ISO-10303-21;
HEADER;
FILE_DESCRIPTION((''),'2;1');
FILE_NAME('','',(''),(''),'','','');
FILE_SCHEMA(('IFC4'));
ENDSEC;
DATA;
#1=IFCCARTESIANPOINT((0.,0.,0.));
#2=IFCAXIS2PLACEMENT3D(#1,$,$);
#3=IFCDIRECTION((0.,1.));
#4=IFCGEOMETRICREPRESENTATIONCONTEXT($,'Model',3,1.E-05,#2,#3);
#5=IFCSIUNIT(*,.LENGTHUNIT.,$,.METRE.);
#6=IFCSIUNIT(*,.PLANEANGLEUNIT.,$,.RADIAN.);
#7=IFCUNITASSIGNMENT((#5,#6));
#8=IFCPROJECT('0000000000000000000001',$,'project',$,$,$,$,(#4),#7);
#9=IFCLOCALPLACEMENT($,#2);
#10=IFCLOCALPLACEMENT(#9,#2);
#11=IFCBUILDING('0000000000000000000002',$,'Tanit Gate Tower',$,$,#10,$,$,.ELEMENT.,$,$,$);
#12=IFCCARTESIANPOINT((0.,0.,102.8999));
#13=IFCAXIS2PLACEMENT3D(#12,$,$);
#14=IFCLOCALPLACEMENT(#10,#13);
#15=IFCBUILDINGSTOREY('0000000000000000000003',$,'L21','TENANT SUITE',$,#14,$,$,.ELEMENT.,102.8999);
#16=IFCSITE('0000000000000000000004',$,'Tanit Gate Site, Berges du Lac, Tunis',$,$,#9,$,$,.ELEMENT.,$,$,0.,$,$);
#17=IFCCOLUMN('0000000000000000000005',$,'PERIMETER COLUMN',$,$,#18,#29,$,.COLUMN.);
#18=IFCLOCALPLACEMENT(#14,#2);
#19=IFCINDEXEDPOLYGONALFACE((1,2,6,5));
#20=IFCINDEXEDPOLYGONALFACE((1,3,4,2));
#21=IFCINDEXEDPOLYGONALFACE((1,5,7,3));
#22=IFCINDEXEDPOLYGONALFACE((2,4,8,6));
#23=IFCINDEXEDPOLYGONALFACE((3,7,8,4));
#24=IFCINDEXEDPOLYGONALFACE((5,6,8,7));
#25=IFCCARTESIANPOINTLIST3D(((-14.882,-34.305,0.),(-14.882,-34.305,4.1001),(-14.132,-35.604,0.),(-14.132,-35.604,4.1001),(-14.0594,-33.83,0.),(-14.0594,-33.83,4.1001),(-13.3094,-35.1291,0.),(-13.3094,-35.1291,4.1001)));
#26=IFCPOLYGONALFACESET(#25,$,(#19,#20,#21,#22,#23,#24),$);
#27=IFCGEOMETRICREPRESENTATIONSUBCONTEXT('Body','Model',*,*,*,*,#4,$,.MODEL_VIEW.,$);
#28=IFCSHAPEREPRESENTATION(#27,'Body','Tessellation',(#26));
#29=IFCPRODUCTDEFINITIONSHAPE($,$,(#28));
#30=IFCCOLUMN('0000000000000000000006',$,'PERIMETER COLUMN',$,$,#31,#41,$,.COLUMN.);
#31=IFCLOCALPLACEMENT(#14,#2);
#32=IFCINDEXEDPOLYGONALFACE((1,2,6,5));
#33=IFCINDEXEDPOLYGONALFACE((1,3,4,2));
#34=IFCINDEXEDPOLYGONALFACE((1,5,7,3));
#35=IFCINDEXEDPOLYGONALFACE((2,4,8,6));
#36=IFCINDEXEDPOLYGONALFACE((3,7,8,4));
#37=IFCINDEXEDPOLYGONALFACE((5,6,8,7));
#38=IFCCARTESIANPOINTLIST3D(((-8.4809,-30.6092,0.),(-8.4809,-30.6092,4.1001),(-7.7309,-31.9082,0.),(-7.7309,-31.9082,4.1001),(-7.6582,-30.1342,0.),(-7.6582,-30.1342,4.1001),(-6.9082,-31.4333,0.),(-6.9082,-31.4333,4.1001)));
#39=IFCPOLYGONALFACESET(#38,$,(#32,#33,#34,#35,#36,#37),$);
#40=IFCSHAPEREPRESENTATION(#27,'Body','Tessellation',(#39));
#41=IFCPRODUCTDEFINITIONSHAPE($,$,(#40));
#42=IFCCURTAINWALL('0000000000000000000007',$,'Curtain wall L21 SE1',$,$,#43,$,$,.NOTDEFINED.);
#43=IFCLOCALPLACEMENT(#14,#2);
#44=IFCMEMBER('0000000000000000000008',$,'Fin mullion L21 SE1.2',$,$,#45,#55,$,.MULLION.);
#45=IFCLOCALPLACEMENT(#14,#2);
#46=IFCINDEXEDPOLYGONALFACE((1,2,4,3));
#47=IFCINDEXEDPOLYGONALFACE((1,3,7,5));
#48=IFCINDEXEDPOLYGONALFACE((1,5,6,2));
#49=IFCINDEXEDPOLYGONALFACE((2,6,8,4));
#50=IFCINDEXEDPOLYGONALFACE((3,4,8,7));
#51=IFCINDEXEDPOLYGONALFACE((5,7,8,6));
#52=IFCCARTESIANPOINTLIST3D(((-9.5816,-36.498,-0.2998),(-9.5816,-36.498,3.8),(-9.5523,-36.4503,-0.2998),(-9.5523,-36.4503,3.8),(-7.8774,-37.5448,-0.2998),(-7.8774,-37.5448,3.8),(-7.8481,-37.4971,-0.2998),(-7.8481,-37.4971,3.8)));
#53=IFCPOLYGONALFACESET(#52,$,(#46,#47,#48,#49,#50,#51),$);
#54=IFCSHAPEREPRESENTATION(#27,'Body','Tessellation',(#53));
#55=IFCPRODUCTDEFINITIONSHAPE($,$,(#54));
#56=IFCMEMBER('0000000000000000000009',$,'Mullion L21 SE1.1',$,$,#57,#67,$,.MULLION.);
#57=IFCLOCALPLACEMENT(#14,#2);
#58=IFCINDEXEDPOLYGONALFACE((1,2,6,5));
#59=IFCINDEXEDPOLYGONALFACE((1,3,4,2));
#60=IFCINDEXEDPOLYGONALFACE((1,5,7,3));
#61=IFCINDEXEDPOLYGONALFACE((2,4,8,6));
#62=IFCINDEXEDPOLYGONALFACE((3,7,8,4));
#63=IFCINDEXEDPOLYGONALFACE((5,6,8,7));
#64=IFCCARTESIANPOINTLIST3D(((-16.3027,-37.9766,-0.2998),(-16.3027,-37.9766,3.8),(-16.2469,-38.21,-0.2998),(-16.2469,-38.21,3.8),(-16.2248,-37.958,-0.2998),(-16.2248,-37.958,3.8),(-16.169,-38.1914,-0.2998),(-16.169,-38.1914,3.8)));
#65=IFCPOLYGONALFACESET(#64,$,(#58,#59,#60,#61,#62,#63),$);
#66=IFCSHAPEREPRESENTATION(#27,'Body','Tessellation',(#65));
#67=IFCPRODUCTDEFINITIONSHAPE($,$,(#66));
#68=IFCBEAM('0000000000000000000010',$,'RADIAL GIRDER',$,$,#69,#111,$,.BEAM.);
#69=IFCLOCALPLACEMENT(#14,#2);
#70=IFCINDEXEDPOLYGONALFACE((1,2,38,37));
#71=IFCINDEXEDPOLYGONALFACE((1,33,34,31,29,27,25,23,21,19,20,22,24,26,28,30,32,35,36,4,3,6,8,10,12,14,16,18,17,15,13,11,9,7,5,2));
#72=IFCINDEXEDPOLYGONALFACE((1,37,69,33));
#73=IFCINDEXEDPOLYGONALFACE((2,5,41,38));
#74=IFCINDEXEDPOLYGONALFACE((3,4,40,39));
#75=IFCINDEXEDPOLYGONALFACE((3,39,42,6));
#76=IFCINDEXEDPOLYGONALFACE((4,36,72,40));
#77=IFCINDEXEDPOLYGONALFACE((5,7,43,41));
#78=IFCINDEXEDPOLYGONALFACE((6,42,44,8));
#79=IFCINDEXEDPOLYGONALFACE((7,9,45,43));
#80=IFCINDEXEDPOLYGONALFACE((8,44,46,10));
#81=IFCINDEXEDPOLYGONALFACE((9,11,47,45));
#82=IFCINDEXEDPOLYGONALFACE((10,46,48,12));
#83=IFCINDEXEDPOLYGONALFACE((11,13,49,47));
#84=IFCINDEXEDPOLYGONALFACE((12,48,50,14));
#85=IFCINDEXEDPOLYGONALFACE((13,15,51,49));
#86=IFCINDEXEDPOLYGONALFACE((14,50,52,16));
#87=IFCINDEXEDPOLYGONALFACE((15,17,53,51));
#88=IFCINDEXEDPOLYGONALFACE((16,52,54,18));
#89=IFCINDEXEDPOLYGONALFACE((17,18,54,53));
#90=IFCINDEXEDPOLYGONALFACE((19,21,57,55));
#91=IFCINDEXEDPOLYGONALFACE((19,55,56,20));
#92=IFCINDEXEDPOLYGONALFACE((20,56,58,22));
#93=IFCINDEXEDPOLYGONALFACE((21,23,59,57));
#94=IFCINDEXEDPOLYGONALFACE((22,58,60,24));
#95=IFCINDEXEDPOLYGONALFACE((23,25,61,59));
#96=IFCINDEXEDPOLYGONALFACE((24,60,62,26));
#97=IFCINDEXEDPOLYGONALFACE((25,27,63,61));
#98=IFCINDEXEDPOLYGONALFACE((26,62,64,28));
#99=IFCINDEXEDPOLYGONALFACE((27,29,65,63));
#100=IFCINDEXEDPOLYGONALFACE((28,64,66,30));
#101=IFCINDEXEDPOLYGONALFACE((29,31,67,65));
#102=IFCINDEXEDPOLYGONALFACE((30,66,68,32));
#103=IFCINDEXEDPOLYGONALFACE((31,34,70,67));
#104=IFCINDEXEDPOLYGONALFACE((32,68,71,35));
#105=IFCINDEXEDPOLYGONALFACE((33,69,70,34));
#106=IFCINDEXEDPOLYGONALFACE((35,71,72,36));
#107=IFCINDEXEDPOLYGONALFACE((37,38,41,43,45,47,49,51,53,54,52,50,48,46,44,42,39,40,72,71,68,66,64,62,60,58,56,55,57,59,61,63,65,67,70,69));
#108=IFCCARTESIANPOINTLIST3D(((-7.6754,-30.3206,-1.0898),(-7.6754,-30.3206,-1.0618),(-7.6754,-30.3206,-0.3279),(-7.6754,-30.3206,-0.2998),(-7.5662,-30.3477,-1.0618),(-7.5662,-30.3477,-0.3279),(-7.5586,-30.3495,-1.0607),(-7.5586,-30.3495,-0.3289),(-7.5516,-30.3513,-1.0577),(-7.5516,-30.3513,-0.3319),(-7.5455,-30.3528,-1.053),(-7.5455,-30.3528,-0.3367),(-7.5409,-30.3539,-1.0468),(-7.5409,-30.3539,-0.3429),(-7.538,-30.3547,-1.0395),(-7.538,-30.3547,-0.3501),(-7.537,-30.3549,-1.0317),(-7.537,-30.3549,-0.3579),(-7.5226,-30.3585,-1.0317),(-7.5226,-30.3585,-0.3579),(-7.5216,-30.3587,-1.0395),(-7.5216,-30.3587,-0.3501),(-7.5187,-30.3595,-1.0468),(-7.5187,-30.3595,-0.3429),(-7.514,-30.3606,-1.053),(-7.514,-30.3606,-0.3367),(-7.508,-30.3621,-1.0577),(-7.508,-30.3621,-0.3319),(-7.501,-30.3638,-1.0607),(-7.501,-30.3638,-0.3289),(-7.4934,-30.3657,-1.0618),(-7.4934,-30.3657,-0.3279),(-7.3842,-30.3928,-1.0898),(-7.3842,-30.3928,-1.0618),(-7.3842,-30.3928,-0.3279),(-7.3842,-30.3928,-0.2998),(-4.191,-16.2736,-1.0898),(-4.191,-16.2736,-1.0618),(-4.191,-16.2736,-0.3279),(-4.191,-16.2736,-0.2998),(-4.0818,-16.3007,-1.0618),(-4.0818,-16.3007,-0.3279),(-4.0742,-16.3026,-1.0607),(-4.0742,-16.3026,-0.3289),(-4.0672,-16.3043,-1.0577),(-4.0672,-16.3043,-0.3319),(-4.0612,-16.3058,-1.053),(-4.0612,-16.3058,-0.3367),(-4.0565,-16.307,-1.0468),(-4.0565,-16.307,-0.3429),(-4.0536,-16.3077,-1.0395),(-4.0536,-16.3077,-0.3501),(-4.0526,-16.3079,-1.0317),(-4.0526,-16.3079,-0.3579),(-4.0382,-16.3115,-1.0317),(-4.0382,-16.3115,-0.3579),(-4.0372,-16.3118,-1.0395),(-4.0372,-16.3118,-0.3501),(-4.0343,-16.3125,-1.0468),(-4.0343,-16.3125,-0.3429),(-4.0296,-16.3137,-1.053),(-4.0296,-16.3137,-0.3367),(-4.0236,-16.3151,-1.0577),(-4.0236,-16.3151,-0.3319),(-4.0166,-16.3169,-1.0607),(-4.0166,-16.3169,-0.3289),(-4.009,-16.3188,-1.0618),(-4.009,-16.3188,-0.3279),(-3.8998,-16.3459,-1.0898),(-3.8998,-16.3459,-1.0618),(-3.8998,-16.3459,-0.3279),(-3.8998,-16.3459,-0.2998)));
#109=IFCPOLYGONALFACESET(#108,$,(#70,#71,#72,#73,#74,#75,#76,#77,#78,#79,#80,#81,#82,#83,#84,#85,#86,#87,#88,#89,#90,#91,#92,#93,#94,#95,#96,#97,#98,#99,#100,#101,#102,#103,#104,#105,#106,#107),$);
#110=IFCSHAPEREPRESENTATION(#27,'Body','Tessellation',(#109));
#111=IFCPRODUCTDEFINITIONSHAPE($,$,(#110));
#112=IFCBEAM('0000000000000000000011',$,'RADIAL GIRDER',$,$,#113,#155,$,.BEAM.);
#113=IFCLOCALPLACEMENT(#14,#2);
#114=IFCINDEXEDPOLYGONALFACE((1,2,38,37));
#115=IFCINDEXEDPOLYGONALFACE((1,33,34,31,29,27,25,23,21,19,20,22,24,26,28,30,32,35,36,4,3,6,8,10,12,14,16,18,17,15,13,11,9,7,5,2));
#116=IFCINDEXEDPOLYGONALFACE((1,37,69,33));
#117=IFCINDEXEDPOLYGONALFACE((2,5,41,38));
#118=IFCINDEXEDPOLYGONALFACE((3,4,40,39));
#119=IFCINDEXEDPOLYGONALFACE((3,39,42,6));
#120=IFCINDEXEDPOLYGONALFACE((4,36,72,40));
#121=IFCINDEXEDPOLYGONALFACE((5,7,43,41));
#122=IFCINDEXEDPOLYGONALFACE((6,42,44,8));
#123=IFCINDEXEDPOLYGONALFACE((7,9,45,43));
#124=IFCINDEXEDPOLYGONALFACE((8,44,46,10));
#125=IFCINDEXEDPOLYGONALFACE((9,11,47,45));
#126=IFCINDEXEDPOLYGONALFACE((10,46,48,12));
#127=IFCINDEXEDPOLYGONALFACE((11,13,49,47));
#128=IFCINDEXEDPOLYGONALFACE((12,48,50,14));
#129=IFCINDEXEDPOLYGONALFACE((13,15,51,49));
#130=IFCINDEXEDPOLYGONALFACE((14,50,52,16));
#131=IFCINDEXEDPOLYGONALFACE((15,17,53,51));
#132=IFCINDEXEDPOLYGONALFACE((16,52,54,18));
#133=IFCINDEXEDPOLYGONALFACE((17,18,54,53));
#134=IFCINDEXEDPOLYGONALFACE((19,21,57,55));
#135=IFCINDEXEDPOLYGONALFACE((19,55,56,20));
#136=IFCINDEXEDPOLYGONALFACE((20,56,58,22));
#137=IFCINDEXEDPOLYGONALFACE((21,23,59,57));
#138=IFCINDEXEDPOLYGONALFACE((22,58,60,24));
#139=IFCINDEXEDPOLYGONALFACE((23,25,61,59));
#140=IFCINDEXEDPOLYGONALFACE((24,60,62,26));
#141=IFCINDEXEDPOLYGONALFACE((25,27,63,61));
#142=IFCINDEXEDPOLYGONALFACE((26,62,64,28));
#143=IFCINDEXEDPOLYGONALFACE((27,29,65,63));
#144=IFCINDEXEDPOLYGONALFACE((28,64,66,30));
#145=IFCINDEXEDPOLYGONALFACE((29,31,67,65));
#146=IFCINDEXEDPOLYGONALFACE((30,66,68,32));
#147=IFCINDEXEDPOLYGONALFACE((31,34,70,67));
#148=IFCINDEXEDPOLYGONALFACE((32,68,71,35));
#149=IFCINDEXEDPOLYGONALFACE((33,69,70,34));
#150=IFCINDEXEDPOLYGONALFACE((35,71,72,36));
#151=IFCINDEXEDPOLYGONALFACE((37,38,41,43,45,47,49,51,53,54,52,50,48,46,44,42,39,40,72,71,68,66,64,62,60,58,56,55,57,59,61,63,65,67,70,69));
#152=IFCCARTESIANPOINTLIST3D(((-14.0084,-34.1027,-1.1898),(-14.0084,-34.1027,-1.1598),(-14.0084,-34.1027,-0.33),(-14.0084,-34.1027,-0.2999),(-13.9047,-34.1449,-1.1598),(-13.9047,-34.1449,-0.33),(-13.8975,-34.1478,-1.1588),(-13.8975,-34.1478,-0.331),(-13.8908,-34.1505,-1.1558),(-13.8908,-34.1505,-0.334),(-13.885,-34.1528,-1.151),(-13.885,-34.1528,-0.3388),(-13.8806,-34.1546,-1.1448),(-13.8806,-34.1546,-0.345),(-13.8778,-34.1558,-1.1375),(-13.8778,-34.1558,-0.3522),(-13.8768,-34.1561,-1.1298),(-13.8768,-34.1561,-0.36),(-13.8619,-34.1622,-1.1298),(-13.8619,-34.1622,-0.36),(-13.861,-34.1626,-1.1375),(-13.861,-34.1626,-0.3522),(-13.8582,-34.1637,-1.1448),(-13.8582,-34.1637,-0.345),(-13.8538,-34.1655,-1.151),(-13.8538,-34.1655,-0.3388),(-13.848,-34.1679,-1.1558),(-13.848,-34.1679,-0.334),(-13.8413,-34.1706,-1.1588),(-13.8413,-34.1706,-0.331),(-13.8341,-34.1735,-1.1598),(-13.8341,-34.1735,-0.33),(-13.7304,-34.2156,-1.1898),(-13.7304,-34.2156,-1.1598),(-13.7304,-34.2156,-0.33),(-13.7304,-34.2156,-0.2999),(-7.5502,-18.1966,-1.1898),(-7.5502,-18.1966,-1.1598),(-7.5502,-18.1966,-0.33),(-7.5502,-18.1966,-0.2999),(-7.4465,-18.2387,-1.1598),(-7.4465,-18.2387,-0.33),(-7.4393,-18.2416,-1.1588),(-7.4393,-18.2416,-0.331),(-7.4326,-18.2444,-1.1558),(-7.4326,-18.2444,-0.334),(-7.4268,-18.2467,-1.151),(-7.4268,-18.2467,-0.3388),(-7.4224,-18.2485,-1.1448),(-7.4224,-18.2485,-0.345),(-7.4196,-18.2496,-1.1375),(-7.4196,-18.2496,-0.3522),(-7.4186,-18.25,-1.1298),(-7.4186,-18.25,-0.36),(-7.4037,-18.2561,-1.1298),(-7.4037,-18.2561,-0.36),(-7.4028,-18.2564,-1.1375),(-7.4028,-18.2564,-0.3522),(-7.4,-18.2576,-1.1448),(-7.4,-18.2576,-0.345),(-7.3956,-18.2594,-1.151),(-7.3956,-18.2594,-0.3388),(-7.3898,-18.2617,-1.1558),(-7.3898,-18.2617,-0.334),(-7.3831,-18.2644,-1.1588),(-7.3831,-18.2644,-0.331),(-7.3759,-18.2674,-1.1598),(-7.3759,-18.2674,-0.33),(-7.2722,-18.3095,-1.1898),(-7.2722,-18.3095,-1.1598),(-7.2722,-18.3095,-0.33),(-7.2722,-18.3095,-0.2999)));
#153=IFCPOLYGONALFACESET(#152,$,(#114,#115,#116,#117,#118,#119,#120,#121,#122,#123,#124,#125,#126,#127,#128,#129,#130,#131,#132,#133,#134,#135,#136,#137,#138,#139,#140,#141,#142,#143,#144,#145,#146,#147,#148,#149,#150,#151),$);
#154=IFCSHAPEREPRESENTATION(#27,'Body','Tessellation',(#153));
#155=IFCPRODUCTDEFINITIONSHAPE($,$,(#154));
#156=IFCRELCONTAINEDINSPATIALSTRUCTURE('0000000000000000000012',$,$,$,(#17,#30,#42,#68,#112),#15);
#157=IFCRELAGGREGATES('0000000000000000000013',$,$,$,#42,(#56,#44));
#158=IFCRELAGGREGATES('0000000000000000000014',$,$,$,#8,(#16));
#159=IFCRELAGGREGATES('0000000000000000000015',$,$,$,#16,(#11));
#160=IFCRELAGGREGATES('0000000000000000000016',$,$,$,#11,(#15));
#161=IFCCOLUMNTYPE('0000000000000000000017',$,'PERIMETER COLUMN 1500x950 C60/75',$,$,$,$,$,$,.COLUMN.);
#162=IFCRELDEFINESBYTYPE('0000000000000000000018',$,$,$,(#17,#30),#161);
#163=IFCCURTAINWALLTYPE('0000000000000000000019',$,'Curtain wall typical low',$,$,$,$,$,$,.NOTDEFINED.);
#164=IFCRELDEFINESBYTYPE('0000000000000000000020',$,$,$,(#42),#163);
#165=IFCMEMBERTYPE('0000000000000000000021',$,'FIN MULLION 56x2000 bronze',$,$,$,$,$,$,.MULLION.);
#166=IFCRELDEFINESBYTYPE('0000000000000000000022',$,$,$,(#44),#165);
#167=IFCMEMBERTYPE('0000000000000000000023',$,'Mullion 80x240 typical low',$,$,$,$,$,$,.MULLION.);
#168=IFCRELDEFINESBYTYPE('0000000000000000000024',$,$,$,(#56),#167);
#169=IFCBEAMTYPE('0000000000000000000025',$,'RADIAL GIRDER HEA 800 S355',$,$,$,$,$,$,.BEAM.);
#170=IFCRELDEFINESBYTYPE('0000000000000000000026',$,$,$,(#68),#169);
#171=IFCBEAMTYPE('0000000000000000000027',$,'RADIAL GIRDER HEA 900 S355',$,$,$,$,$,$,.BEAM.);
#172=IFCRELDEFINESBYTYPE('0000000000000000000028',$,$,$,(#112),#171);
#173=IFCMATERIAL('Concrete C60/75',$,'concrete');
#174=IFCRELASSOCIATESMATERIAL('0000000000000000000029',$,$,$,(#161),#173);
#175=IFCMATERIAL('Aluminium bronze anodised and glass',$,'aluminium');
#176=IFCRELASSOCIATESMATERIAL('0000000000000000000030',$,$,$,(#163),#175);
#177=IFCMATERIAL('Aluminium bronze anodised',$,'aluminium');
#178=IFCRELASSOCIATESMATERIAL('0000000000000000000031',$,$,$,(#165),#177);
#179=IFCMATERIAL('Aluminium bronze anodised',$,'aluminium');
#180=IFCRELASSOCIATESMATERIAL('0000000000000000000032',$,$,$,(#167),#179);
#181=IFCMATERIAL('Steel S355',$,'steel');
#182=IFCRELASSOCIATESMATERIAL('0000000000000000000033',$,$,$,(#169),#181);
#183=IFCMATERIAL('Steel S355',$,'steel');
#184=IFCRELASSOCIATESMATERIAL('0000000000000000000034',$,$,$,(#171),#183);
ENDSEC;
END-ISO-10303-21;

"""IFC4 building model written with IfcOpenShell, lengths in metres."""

from ifc_helpers import new_model, si_unit, direction, frame, origin, origin_2d, place, context, subcontext, project, spatial, rectangle, i_section, extrude, material, material_profile, profile_set, type_object, element, aggregate, save


model = new_model("IFC4")

# Units and contexts
model_context = context("Model", 3, precision=1e-05, world=origin(), true_north=direction((0.0, 1.0)))
body_context = subcontext(model_context, "Body", "Model", "MODEL_VIEW")
ifc_project = project(units=[si_unit("LENGTHUNIT", "METRE"), si_unit("PLANEANGLEUNIT", "RADIAN")], contexts=[model_context])

# Site, building, storey
site_placement = place(None, origin())
site = spatial("IfcSite", under=ifc_project, at=site_placement, Name="Tanit Gate Site, Berges du Lac, Tunis", CompositionType="ELEMENT", RefElevation=0.0)
building_placement = place(site_placement, origin())
building = spatial("IfcBuilding", under=site, at=building_placement, Name="Tanit Gate Tower", CompositionType="ELEMENT")
storey_placement = place(building_placement, frame((0.0, 0.0, 102.8999)))
storey = spatial("IfcBuildingStorey", under=building, at=storey_placement, Name="L21", Description="TENANT SUITE", CompositionType="ELEMENT", Elevation=102.8999)

# Columns
ifc_material_1 = material(Name="Concrete C60/75", Category="concrete")
ifc_material_profile_1 = material_profile(ifc_material_1, rectangle(XDim=1.5, YDim=0.95, at=origin_2d()), Name="RC 1500x950")
ifc_profile_set_1 = profile_set([ifc_material_profile_1], Name="Concrete C60/75")
column_type = type_object("IfcColumnType", Name="PERIMETER COLUMN 1500x950 C60/75", PredefinedType="COLUMN", material=ifc_profile_set_1)
for number, where, z_axis, x_axis, name in (
    (1, (-14.0957, -34.717, 0.0), (0.0, 0.0, 1.0), (0.5, -0.866025, 0.0), "PERIMETER COLUMN"),
    (2, (-7.6946, -31.0212, 0.0), (0.0, 0.0, 1.0), (0.5, -0.866025, 0.0), "PERIMETER COLUMN"),
):
    element("IfcColumn", number, at=place(storey_placement, frame(where, z_axis=z_axis, x_axis=x_axis)), inside=storey, type_object=column_type, Name=name, PredefinedType="COLUMN", context=body_context, shape_type="SweptSolid", body=[
        extrude(rectangle(XDim=1.5, YDim=0.95, at=origin_2d()), origin(), (0.0, 0.0, 1.0), 4.1001),
    ])

# Curtain wall, members
ifc_material_2 = material(Name="Aluminium bronze anodised and glass", Category="aluminium")
curtain_wall_type = type_object("IfcCurtainWallType", Name="Curtain wall typical low", PredefinedType="NOTDEFINED", material=ifc_material_2)
curtain_wall_placement = place(storey_placement, origin())
curtain_wall = element("IfcCurtainWall", 3, at=curtain_wall_placement, inside=storey, type_object=curtain_wall_type, Name="Curtain wall L21 SE1", PredefinedType="NOTDEFINED")
ifc_material_3 = material(Name="Aluminium bronze anodised", Category="aluminium")
ifc_material_profile_2 = material_profile(ifc_material_3, rectangle(XDim=2.0, YDim=0.0559, at=origin_2d()), Name="56x2000 bronze fin mullion")
ifc_profile_set_2 = profile_set([ifc_material_profile_2], Name="Aluminium bronze anodised")
member_type_1 = type_object("IfcMemberType", Name="FIN MULLION 56x2000 bronze", PredefinedType="MULLION", material=ifc_profile_set_2)
member_1_placement = place(storey_placement, frame((-8.7148, -36.9976, -0.2998), z_axis=(0.0, 0.0, 1.0), x_axis=(-0.852083, 0.523407, 0.0)))
member_1 = element("IfcMember", 4, at=member_1_placement, type_object=member_type_1, Name="Fin mullion L21 SE1.2", PredefinedType="MULLION", context=body_context, shape_type="SweptSolid", body=[
    extrude(rectangle(XDim=2.0, YDim=0.0559, at=origin_2d()), origin(), (0.0, 0.0, 1.0), 4.0999),
])
ifc_material_4 = material(Name="Aluminium bronze anodised", Category="aluminium")
ifc_material_profile_3 = material_profile(ifc_material_4, rectangle(XDim=0.24, YDim=0.0801, at=origin_2d()), Name="80x240 bronze mullion")
ifc_profile_set_3 = profile_set([ifc_material_profile_3], Name="Aluminium bronze anodised")
member_type_2 = type_object("IfcMemberType", Name="Mullion 80x240 typical low", PredefinedType="MULLION", material=ifc_profile_set_3)
member_2_placement = place(storey_placement, frame((-16.2358, -38.084, -0.2998), z_axis=(0.0, 0.0, 1.0), x_axis=(-0.232409, 0.972618, 0.0)))
member_2 = element("IfcMember", 5, at=member_2_placement, type_object=member_type_2, Name="Mullion L21 SE1.1", PredefinedType="MULLION", context=body_context, shape_type="SweptSolid", body=[
    extrude(rectangle(XDim=0.24, YDim=0.0801, at=origin_2d()), origin(), (0.0, 0.0, 1.0), 4.0999),
])

# Beams
ifc_material_5 = material(Name="Steel S355", Category="steel")
ifc_material_profile_4 = material_profile(ifc_material_5, i_section(OverallWidth=0.3, OverallDepth=0.79, WebThickness=0.0149, FlangeThickness=0.0281, FilletRadius=0.03, at=origin_2d()), Name="HEA 800")
ifc_profile_set_4 = profile_set([ifc_material_profile_4], Name="Steel S355")
beam_type_1 = type_object("IfcBeamType", Name="RADIAL GIRDER HEA 800 S355", PredefinedType="BEAM", material=ifc_profile_set_4)
beam_1_placement = place(storey_placement, frame((-7.5298, -30.3567, -0.6948), z_axis=(0.240757, 0.970585, 0.0), x_axis=(-0.970585, 0.240757, 0.0)))
element("IfcBeam", 6, at=beam_1_placement, inside=storey, type_object=beam_type_1, Name="RADIAL GIRDER", PredefinedType="BEAM", context=body_context, shape_type="SweptSolid", body=[
    extrude(i_section(OverallWidth=0.3, OverallDepth=0.79, WebThickness=0.0149, FlangeThickness=0.0281, FilletRadius=0.03, at=origin_2d()), origin(), (0.0, 0.0, 1.0), 14.4727),
])
ifc_material_6 = material(Name="Steel S355", Category="steel")
ifc_material_profile_5 = material_profile(ifc_material_6, i_section(OverallWidth=0.3, OverallDepth=0.8899, WebThickness=0.0161, FlangeThickness=0.03, FilletRadius=0.03, at=origin_2d()), Name="HEA 900")
ifc_profile_set_5 = profile_set([ifc_material_profile_5], Name="Steel S355")
beam_type_2 = type_object("IfcBeamType", Name="RADIAL GIRDER HEA 900 S355", PredefinedType="BEAM", material=ifc_profile_set_5)
beam_2_placement = place(storey_placement, frame((-13.8694, -34.1592, -0.7449), z_axis=(0.376194, 0.926541, 0.0), x_axis=(-0.926541, 0.376194, 0.0)))
element("IfcBeam", 7, at=beam_2_placement, inside=storey, type_object=beam_type_2, Name="RADIAL GIRDER", PredefinedType="BEAM", context=body_context, shape_type="SweptSolid", body=[
    extrude(i_section(OverallWidth=0.3, OverallDepth=0.8899, WebThickness=0.0161, FlangeThickness=0.03, FilletRadius=0.03, at=origin_2d()), origin(), (0.0, 0.0, 1.0), 17.1672),
])

aggregate(curtain_wall, [member_2, member_1])

save(model, "model.ifc")
